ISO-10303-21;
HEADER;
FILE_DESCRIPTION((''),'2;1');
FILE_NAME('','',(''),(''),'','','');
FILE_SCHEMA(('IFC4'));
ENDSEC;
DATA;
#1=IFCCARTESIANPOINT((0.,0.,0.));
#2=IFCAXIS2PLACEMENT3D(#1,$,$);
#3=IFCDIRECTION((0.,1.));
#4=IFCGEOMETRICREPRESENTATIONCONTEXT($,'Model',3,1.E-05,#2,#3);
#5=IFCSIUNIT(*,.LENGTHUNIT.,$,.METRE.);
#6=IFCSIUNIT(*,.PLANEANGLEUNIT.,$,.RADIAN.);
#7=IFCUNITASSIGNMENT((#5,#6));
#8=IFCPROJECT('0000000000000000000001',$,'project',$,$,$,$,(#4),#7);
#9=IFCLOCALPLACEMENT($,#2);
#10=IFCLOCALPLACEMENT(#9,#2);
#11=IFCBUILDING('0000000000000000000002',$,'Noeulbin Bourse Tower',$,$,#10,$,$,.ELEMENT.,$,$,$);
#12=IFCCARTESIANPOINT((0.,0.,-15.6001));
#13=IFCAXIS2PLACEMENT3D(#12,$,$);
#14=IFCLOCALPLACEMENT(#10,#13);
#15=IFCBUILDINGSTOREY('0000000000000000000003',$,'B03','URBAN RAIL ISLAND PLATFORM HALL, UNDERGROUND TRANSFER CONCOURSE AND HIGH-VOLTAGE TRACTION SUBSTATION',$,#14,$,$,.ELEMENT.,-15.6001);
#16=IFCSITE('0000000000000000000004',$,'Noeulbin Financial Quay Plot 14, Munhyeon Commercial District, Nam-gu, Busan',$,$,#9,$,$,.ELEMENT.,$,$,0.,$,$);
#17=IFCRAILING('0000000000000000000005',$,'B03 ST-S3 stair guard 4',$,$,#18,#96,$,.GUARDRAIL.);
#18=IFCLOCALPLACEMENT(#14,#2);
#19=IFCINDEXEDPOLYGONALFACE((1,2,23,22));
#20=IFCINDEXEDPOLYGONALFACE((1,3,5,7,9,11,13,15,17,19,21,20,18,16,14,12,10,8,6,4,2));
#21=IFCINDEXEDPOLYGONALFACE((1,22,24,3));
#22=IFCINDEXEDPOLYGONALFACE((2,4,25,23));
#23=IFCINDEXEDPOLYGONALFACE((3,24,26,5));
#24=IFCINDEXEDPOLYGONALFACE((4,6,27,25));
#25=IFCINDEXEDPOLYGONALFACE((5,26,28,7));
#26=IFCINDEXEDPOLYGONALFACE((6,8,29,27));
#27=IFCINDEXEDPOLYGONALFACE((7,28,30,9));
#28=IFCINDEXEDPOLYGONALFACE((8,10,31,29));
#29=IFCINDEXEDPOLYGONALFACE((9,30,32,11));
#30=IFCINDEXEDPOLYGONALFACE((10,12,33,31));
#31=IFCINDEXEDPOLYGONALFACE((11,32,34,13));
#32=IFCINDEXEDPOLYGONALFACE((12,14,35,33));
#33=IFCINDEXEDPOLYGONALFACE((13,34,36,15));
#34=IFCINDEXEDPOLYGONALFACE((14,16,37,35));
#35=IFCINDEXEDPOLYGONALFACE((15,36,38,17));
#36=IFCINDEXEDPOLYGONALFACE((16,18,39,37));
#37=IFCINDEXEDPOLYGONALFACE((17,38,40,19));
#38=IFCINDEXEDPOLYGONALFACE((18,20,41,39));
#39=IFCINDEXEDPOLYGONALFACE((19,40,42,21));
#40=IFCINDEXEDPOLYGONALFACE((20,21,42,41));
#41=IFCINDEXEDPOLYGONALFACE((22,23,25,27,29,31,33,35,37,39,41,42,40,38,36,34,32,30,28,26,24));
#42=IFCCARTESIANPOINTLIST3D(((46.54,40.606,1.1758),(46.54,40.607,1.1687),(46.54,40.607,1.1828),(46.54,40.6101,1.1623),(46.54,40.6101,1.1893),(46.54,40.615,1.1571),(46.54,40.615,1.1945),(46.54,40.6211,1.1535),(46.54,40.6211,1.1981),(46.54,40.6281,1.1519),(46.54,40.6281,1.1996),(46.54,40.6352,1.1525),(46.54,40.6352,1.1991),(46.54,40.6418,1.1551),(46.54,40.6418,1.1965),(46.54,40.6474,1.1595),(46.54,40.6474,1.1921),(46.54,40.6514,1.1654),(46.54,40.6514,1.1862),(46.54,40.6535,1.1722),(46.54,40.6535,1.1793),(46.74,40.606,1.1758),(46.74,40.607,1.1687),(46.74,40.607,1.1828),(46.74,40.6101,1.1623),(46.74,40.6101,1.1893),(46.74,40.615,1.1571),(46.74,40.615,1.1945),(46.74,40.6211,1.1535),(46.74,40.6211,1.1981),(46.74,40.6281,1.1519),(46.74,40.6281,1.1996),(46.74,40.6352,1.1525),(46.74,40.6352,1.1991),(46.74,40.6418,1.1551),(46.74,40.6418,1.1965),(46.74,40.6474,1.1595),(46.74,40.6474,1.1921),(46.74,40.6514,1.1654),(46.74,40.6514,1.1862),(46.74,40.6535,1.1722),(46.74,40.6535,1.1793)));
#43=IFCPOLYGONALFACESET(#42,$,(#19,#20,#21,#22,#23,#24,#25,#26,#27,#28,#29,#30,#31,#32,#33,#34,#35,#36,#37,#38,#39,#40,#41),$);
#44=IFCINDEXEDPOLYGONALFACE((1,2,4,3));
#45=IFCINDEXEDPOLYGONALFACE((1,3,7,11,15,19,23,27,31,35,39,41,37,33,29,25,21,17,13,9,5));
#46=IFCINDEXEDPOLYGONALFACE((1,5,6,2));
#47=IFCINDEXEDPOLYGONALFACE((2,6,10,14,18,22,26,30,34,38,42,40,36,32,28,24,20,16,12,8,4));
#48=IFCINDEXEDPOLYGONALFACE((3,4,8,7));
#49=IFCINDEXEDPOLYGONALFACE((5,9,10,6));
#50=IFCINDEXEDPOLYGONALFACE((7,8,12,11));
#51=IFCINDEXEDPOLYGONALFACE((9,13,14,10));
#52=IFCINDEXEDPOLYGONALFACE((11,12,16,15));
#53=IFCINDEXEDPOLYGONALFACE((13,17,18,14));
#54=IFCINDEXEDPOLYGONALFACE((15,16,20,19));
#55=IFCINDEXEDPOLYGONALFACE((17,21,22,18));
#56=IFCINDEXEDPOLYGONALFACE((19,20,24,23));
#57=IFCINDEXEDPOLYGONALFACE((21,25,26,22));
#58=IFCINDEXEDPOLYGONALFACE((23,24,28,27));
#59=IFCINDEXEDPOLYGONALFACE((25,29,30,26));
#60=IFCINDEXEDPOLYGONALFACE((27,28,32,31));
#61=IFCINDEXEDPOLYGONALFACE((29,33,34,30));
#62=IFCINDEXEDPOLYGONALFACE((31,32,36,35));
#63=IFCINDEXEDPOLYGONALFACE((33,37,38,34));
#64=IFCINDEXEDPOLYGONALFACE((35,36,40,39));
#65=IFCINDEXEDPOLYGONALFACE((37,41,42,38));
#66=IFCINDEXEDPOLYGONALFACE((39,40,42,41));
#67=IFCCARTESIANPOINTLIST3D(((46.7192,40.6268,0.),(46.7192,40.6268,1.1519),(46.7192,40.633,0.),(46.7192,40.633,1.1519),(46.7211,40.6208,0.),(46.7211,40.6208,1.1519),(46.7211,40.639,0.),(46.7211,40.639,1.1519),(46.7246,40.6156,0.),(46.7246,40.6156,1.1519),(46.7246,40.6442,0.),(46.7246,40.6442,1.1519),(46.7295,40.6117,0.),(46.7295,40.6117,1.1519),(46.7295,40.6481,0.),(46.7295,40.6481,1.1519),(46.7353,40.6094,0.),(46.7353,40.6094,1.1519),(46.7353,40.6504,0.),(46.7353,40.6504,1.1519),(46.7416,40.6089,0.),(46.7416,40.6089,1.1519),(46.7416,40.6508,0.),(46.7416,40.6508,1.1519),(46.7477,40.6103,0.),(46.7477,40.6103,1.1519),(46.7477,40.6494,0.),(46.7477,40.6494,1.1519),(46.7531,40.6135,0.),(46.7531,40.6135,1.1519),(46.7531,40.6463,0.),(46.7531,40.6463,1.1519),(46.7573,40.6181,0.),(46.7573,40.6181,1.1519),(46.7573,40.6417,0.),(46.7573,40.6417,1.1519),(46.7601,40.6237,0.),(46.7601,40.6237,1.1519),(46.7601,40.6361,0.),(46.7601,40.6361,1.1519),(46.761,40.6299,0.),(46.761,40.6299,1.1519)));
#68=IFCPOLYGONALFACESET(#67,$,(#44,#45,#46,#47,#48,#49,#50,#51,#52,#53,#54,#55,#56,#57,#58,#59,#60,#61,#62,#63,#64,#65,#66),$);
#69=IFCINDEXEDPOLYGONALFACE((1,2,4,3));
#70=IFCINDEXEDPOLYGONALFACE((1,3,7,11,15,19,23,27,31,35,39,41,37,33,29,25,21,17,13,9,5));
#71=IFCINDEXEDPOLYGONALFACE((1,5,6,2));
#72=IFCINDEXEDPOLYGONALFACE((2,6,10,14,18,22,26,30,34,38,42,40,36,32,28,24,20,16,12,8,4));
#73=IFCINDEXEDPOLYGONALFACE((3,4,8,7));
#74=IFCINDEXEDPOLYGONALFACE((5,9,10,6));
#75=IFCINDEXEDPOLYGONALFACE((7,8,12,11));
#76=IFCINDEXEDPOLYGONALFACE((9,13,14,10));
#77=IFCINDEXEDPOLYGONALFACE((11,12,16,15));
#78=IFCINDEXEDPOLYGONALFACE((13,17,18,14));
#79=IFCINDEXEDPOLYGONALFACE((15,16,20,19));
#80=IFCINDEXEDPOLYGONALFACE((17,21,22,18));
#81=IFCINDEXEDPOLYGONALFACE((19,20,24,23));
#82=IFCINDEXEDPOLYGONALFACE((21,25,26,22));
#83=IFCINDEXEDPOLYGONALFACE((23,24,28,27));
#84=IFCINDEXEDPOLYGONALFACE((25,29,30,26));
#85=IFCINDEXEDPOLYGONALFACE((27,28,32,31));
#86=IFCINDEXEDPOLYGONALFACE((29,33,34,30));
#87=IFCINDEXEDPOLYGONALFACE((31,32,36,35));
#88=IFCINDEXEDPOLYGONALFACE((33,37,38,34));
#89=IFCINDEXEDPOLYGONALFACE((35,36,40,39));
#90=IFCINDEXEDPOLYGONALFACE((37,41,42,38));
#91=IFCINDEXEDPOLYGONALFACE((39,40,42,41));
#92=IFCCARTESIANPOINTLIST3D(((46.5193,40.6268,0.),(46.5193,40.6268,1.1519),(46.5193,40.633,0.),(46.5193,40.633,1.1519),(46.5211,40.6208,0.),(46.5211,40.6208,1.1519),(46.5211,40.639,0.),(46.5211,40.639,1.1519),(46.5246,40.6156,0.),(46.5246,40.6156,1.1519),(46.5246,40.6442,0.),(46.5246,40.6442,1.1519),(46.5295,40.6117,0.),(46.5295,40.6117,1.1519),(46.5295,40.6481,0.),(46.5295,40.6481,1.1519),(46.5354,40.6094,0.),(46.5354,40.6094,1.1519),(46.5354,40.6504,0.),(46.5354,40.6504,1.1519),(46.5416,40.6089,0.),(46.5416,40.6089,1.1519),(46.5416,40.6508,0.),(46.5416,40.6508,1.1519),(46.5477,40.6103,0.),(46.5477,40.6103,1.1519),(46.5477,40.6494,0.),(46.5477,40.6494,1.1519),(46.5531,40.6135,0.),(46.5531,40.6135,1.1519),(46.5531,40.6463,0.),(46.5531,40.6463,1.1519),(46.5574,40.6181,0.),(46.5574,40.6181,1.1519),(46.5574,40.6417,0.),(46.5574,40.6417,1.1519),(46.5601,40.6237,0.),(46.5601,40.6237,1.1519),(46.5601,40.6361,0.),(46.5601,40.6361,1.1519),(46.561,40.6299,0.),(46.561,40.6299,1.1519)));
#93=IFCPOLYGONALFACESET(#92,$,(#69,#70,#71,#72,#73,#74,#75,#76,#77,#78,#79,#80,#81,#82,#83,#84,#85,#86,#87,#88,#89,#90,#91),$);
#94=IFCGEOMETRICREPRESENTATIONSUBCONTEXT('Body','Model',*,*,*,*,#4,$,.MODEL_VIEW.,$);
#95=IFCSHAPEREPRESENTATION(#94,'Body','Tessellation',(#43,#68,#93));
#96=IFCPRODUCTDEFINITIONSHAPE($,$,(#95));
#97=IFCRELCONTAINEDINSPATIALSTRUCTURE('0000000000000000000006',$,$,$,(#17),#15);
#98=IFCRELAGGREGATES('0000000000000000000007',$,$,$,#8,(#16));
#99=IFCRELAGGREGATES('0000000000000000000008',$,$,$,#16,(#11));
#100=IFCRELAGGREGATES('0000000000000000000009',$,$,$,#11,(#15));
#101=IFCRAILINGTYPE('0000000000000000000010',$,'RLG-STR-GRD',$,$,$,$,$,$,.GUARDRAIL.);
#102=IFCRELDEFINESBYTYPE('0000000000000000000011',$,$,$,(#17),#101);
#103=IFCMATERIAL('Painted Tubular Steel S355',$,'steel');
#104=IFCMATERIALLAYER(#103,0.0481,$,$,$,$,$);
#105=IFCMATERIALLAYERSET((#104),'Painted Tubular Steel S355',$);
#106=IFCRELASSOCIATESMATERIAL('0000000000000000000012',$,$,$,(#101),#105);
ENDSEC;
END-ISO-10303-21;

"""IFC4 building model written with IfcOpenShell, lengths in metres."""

from ifc_helpers import new_model, si_unit, direction, frame, origin, origin_2d, place, context, subcontext, project, spatial, circle, extrude, material, layer, layer_set, type_object, element, save


model = new_model("IFC4")

# Units and contexts
model_context = context("Model", 3, precision=1e-05, world=origin(), true_north=direction((0.0, 1.0)))
body_context = subcontext(model_context, "Body", "Model", "MODEL_VIEW")
ifc_project = project(units=[si_unit("LENGTHUNIT", "METRE"), si_unit("PLANEANGLEUNIT", "RADIAN")], contexts=[model_context])

# Site, building, storey
site_placement = place(None, origin())
site = spatial("IfcSite", under=ifc_project, at=site_placement, Name="Noeulbin Financial Quay Plot 14, Munhyeon Commercial District, Nam-gu, Busan", CompositionType="ELEMENT", RefElevation=0.0)
building_placement = place(site_placement, origin())
building = spatial("IfcBuilding", under=site, at=building_placement, Name="Noeulbin Bourse Tower", CompositionType="ELEMENT")
storey_placement = place(building_placement, frame((0.0, 0.0, -15.6001)))
storey = spatial("IfcBuildingStorey", under=building, at=storey_placement, Name="B03", Description="URBAN RAIL ISLAND PLATFORM HALL, UNDERGROUND TRANSFER CONCOURSE AND HIGH-VOLTAGE TRACTION SUBSTATION", CompositionType="ELEMENT", Elevation=-15.6001)

# Railing
ifc_material_1 = material(Name="Painted Tubular Steel S355", Category="steel")
ifc_layer_1 = layer(ifc_material_1, 0.0481)
ifc_layer_set_1 = layer_set([ifc_layer_1], Name="Painted Tubular Steel S355")
railing_type_1 = type_object("IfcRailingType", Name="RLG-STR-GRD", PredefinedType="GUARDRAIL", material=ifc_layer_set_1)
railing_1_placement = place(storey_placement, frame((46.74, 40.6299, 0.0)))
element("IfcRailing", 1, at=railing_1_placement, inside=storey, type_object=railing_type_1, Name="B03 ST-S3 stair guard 4", PredefinedType="GUARDRAIL", context=body_context, shape_type="SweptSolid", body=[
    extrude(circle(Radius=0.0239, at=origin_2d()), frame((0.0, 0.0, 1.1758), z_axis=(-1.0, 0.0, 0.0), x_axis=(0.0, -1.0, 0.0)), (0.0, 0.0, 1.0), 0.2),
    extrude(circle(Radius=0.021, at=origin_2d()), origin(), (0.0, 0.0, 1.0), 1.1519),
    extrude(circle(Radius=0.021, at=origin_2d()), frame((-0.2, 0.0, 0.0)), (0.0, 0.0, 1.0), 1.1519),
])

save(model, "model.ifc")
